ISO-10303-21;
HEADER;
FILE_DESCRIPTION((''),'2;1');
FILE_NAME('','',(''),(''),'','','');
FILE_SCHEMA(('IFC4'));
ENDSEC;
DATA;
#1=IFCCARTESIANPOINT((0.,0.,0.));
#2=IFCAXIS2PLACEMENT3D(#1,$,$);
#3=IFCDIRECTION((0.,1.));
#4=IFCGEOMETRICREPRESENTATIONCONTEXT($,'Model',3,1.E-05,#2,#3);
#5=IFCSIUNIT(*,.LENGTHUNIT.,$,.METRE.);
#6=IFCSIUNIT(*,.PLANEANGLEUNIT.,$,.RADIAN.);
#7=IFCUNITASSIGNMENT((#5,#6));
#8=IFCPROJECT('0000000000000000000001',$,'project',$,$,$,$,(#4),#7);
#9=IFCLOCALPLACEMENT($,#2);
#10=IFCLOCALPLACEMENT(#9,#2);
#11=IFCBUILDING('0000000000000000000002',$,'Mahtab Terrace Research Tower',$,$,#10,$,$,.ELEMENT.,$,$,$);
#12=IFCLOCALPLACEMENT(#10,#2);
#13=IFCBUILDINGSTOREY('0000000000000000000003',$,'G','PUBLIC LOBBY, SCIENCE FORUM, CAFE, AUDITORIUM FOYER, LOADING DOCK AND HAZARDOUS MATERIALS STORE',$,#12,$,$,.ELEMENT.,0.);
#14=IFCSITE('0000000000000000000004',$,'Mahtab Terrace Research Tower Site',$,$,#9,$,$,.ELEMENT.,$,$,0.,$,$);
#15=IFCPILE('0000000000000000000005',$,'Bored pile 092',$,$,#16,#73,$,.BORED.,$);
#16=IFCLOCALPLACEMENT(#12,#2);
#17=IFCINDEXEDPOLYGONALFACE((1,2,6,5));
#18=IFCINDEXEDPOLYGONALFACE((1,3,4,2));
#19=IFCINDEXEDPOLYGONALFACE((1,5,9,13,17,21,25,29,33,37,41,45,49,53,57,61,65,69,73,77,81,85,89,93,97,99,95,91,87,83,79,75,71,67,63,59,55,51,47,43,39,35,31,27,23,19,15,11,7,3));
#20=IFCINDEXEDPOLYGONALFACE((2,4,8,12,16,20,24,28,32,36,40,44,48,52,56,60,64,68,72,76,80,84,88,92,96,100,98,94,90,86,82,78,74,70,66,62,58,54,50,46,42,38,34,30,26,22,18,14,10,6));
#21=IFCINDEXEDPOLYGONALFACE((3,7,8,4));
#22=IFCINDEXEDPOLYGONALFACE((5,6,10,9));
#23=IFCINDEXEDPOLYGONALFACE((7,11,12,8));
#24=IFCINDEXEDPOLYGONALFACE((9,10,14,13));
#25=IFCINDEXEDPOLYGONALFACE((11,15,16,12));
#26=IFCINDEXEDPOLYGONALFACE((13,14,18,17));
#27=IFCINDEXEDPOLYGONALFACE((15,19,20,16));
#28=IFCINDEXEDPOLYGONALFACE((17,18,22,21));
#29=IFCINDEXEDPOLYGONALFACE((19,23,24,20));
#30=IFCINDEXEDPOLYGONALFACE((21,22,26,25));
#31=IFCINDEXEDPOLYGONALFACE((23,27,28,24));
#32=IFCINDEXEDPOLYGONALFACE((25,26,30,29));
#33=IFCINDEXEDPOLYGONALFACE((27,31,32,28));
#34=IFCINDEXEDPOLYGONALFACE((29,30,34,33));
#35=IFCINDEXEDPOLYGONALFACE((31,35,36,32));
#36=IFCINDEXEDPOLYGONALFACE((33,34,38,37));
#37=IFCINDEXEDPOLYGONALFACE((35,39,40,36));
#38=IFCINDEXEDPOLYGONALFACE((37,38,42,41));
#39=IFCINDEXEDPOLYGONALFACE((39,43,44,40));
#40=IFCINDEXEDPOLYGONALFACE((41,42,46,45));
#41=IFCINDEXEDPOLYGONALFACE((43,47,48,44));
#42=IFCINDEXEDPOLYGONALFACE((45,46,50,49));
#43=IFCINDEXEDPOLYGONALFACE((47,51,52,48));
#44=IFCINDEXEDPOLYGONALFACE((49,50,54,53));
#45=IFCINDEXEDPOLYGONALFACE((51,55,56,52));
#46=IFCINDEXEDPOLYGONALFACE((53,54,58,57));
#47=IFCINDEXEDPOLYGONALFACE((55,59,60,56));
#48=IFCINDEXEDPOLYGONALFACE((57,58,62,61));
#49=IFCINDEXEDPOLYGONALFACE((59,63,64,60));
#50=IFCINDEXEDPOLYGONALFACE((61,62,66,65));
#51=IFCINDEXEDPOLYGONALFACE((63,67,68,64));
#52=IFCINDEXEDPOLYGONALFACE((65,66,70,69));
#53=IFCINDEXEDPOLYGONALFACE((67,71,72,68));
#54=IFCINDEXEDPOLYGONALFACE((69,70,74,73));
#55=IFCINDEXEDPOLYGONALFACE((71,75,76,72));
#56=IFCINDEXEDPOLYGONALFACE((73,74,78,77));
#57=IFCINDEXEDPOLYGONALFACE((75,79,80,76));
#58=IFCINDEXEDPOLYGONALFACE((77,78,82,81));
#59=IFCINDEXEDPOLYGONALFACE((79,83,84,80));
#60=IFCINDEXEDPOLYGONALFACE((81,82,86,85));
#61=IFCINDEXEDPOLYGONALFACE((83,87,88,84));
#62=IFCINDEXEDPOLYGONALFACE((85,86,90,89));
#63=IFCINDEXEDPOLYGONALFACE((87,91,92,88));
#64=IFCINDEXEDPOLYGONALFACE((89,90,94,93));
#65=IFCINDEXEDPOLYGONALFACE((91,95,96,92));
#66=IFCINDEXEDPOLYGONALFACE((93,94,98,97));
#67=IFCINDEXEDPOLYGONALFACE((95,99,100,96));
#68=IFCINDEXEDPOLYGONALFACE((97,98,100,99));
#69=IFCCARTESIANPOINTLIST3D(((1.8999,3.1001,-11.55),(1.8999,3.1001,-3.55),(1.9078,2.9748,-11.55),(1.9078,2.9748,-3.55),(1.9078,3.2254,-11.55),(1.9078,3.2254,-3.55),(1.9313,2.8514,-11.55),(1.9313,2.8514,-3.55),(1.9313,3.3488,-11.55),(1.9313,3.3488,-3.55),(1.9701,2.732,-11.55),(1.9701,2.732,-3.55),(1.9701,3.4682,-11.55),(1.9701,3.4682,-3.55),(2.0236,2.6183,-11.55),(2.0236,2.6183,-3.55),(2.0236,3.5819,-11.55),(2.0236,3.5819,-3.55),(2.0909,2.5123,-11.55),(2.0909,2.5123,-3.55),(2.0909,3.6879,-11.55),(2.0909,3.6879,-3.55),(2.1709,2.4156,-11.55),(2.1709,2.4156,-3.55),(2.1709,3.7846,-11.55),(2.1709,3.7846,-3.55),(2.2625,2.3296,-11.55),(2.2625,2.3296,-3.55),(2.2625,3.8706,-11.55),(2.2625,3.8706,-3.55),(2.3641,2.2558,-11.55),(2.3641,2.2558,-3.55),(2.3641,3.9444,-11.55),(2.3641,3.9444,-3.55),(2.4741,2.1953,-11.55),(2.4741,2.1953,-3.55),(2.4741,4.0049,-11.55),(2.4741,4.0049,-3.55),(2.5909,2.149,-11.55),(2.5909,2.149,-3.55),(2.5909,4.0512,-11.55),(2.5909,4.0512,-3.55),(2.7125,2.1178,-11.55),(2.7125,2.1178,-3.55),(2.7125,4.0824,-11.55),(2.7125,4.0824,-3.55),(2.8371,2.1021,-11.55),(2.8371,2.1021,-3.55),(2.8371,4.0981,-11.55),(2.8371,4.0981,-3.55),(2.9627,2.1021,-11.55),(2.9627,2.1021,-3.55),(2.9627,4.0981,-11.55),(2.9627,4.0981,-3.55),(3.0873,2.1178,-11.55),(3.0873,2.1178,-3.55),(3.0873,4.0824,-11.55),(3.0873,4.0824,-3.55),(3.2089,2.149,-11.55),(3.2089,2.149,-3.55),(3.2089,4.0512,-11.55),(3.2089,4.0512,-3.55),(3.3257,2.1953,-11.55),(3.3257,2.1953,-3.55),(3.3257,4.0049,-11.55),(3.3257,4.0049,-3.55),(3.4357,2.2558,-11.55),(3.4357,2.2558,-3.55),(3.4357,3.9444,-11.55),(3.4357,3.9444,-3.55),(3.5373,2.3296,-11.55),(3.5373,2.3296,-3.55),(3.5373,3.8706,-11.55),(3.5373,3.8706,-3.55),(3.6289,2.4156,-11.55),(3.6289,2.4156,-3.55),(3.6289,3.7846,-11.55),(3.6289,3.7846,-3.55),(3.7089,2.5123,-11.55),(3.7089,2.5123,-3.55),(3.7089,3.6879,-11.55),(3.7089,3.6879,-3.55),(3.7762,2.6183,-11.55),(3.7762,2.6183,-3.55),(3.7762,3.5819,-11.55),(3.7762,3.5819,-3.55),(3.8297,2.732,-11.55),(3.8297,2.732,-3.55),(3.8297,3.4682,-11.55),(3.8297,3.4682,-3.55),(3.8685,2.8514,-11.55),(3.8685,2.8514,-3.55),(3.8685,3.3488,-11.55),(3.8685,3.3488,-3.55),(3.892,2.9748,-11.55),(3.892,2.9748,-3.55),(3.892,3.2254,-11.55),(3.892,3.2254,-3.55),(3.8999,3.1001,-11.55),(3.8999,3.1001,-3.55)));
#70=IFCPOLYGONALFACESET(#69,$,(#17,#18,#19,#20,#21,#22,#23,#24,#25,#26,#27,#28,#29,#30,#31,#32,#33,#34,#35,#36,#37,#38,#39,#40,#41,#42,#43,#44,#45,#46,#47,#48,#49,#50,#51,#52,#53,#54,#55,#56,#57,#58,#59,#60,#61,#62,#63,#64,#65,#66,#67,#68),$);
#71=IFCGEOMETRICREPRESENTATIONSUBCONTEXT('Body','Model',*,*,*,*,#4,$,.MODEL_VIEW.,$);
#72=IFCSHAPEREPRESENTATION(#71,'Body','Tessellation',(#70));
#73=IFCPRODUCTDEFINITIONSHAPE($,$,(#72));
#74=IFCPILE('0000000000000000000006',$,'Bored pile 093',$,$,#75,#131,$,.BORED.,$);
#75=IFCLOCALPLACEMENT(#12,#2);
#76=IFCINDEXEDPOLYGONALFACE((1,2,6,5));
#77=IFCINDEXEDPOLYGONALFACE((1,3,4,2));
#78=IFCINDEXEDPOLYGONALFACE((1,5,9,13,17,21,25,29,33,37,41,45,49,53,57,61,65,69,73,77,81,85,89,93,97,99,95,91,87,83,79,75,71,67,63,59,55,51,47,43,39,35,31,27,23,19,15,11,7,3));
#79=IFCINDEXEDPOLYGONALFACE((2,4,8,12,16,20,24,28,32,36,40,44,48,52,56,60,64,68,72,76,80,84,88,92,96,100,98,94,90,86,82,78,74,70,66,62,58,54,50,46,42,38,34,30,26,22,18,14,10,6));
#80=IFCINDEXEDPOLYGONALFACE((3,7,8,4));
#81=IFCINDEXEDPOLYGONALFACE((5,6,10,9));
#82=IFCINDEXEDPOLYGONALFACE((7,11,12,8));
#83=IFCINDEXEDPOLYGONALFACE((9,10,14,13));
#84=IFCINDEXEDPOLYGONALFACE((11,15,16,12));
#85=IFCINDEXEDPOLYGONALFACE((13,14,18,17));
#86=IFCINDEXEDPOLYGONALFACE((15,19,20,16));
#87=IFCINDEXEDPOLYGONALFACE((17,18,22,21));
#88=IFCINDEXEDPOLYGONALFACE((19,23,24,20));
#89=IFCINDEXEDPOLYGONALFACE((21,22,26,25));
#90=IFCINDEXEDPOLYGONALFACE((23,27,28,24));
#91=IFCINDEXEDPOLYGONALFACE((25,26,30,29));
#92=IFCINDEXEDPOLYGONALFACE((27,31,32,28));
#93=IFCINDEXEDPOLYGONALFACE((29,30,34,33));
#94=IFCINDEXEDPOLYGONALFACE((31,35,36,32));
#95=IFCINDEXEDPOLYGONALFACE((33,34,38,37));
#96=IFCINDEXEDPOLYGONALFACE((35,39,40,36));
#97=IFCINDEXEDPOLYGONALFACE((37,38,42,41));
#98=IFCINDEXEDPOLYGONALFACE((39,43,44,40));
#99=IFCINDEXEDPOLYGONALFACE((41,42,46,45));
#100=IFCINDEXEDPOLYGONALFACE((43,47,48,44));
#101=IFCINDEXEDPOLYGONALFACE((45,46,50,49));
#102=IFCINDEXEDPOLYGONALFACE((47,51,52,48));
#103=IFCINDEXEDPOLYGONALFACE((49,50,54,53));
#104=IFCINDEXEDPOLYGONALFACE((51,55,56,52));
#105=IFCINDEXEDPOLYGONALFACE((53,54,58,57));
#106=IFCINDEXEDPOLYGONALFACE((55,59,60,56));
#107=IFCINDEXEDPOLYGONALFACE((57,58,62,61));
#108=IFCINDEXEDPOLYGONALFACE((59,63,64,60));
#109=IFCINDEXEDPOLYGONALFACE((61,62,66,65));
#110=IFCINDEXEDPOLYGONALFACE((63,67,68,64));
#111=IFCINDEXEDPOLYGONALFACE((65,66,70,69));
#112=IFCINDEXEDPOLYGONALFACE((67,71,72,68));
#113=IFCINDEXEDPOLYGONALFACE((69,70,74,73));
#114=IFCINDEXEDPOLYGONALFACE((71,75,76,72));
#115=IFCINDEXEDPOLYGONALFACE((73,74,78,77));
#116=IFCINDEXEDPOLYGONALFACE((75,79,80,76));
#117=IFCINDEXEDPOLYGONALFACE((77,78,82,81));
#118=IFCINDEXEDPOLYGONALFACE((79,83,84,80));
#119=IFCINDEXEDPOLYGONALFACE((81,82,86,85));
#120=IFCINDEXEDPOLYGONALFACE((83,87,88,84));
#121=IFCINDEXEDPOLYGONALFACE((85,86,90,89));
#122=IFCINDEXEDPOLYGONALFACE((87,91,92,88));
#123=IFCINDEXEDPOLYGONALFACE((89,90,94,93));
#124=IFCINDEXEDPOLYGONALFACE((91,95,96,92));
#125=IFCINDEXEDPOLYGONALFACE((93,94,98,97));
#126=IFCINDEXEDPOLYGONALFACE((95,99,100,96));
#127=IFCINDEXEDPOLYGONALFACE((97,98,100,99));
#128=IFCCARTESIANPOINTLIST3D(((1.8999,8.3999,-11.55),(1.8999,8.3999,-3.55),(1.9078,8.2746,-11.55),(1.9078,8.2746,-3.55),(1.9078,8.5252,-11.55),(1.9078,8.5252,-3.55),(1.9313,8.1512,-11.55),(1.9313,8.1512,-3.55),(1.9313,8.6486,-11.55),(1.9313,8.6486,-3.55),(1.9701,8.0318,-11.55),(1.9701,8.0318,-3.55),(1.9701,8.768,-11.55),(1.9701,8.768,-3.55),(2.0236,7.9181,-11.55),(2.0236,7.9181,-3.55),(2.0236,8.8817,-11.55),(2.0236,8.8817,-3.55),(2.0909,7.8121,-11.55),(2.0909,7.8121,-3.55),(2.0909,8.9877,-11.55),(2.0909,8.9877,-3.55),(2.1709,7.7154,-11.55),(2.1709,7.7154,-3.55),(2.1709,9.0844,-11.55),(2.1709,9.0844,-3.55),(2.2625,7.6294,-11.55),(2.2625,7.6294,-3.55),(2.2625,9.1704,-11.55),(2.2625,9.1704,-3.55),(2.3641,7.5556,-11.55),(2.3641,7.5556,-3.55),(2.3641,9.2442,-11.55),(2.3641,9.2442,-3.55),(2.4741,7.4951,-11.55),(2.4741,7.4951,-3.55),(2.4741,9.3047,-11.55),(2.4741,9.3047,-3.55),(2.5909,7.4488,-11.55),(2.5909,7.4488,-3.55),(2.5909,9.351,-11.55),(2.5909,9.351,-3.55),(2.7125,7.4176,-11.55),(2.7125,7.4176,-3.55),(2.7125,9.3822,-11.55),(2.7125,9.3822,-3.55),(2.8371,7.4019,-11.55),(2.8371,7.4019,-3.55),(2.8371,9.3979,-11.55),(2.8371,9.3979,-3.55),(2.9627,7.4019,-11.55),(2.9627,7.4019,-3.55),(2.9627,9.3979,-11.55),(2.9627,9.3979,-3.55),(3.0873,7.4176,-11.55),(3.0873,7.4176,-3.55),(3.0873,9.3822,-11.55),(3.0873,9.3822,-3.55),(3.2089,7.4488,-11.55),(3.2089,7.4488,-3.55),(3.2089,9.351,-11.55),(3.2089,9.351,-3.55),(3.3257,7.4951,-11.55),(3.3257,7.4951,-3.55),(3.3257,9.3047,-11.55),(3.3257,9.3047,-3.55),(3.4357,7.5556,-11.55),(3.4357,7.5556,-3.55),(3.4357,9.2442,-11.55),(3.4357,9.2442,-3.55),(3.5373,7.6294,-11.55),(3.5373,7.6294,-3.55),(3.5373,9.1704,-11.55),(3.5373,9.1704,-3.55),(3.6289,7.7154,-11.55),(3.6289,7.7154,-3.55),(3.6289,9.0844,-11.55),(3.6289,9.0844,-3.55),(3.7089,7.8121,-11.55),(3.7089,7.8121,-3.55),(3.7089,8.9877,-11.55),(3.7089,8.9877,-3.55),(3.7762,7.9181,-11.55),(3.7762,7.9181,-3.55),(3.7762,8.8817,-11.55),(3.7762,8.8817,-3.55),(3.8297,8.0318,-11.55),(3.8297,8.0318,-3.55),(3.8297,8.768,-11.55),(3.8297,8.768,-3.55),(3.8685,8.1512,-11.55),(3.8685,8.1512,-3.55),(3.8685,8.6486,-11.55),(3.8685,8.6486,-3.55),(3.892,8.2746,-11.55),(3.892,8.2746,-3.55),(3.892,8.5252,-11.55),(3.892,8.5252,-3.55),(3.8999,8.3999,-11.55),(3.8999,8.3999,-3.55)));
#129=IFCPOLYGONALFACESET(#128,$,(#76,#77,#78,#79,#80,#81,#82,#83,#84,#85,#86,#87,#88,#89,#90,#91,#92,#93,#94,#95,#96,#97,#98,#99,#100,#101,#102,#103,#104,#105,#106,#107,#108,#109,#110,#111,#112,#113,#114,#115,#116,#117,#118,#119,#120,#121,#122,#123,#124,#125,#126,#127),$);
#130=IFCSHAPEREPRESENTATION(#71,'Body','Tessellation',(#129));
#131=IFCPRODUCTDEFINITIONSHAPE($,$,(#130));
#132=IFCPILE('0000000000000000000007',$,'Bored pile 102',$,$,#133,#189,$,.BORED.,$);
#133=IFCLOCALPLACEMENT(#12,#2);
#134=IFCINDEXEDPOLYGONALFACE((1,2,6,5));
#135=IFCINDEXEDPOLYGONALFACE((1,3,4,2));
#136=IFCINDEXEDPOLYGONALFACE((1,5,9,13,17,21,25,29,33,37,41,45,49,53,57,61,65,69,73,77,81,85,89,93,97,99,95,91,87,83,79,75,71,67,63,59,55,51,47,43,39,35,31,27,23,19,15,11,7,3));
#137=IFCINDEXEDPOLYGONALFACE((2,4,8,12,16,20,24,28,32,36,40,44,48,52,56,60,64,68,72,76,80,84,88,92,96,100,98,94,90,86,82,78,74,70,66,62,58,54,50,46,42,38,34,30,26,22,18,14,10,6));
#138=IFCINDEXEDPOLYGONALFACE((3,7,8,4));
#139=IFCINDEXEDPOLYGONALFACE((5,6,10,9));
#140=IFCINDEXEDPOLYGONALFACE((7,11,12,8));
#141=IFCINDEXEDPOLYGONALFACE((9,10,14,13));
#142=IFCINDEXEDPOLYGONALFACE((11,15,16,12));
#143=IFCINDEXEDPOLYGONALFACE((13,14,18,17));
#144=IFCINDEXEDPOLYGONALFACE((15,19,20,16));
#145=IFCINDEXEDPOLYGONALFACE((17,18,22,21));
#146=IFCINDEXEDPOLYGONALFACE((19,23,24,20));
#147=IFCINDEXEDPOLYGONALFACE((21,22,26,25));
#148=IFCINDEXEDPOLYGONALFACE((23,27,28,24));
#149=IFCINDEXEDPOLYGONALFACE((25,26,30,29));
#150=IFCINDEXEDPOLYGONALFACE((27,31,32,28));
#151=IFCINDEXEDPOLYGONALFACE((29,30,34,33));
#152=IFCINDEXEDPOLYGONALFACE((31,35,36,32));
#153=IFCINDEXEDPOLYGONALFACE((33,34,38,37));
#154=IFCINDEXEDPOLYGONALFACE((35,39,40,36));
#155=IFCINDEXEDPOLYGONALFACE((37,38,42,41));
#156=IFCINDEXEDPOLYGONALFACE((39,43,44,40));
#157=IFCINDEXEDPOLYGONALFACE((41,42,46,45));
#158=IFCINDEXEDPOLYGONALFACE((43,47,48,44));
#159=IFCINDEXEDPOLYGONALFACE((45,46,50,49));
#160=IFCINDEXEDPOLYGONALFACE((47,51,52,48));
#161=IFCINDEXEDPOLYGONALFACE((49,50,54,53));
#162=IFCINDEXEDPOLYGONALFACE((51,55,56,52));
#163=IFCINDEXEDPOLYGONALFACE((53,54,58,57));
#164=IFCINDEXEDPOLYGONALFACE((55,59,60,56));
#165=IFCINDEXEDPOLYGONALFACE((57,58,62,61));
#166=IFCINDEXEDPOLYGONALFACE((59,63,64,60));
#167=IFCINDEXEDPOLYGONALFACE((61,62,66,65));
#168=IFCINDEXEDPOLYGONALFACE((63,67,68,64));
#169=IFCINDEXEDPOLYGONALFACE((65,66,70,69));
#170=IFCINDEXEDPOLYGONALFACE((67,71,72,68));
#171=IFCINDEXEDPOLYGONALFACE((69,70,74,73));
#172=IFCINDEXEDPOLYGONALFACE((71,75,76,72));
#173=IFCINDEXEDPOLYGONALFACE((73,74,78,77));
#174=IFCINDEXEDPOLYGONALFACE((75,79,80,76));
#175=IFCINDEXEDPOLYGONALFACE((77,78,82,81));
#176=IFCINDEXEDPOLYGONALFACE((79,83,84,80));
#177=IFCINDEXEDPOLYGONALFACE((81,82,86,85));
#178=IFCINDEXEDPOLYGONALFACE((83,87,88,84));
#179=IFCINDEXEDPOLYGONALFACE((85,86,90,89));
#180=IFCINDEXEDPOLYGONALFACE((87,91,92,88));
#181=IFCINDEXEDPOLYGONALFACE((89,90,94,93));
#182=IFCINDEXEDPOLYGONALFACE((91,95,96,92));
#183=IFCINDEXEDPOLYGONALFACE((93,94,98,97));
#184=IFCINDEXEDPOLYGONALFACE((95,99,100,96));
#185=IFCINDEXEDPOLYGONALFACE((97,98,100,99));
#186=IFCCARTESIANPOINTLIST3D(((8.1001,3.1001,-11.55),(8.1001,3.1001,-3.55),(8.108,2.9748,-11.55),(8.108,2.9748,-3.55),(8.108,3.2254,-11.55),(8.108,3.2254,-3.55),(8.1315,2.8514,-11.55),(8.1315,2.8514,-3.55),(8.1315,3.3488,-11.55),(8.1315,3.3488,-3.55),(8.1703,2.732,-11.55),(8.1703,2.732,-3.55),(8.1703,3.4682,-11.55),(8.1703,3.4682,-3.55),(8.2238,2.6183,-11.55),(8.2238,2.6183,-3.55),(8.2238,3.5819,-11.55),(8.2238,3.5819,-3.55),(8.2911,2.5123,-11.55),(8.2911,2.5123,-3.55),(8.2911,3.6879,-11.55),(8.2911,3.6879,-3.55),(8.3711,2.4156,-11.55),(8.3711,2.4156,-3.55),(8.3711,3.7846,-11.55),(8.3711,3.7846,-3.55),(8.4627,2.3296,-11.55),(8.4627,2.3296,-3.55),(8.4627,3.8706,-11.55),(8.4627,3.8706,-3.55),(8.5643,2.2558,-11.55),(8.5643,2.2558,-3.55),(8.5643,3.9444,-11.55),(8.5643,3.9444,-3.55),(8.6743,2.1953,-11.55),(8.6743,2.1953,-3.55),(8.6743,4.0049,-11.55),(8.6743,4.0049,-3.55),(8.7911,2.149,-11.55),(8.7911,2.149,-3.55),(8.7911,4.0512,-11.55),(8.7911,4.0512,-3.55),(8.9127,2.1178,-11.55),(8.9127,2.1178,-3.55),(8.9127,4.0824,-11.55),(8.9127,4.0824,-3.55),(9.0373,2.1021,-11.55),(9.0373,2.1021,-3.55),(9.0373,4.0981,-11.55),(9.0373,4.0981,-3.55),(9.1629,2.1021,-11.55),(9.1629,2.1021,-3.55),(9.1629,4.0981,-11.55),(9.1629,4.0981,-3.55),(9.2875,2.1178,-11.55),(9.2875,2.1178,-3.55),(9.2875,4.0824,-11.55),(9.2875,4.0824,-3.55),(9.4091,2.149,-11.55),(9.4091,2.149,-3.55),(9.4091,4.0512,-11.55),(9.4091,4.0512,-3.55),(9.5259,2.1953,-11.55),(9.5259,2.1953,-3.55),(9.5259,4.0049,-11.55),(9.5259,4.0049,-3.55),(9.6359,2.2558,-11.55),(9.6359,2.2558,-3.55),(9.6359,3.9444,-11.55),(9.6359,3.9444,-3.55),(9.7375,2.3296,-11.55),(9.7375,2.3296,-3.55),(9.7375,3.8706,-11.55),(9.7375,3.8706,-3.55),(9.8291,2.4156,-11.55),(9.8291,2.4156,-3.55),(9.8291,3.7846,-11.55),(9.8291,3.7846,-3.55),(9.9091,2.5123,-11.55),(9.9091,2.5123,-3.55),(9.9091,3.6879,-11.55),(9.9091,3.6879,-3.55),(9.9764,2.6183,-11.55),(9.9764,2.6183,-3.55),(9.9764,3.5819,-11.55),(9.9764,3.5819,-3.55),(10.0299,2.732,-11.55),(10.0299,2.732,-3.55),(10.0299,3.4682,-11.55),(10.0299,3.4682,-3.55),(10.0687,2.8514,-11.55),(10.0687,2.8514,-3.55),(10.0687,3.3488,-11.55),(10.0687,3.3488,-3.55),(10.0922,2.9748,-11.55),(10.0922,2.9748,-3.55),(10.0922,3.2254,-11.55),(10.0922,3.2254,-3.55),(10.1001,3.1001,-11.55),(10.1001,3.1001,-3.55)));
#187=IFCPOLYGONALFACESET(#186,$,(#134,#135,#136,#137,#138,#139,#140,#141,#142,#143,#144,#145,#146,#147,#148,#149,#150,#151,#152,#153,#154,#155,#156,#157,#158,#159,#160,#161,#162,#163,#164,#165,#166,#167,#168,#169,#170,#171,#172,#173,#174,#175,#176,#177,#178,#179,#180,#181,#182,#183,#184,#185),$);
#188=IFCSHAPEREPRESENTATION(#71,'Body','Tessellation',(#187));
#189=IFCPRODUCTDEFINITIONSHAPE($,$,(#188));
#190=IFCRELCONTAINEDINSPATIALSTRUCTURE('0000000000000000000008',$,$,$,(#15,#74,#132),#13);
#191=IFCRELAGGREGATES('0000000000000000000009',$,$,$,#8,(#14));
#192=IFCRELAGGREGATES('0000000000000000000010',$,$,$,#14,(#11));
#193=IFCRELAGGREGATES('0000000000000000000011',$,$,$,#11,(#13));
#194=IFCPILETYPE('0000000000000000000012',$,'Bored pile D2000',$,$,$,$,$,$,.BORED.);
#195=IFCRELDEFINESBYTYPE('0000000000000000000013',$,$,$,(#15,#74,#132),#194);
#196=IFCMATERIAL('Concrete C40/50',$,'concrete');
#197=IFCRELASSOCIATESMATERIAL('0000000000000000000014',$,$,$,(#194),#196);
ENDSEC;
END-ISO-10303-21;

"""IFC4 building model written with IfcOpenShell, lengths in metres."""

from ifc_helpers import new_model, si_unit, direction, frame, origin, origin_2d, place, context, subcontext, project, spatial, circle, extrude, material, material_profile, profile_set, type_object, element, save


model = new_model("IFC4")

# Units and contexts
model_context = context("Model", 3, precision=1e-05, world=origin(), true_north=direction((0.0, 1.0)))
body_context = subcontext(model_context, "Body", "Model", "MODEL_VIEW")
ifc_project = project(units=[si_unit("LENGTHUNIT", "METRE"), si_unit("PLANEANGLEUNIT", "RADIAN")], contexts=[model_context])

# Site, building, storey
site_placement = place(None, origin())
site = spatial("IfcSite", under=ifc_project, at=site_placement, Name="Mahtab Terrace Research Tower Site", CompositionType="ELEMENT", RefElevation=0.0)
building_placement = place(site_placement, origin())
building = spatial("IfcBuilding", under=site, at=building_placement, Name="Mahtab Terrace Research Tower", CompositionType="ELEMENT")
storey_placement = place(building_placement, origin())
storey = spatial("IfcBuildingStorey", under=building, at=storey_placement, Name="G", Description="PUBLIC LOBBY, SCIENCE FORUM, CAFE, AUDITORIUM FOYER, LOADING DOCK AND HAZARDOUS MATERIALS STORE", CompositionType="ELEMENT", Elevation=0.0)

# Piles
ifc_material_1 = material(Name="Concrete C40/50", Category="concrete")
ifc_material_profile_1 = material_profile(ifc_material_1, circle(Radius=1.0, at=origin_2d()), Name="Bored pile D2000")
ifc_profile_set_1 = profile_set([ifc_material_profile_1], Name="Concrete C40/50")
pile_type = type_object("IfcPileType", Name="Bored pile D2000", PredefinedType="BORED", material=ifc_profile_set_1)
for number, where, z_axis, x_axis, name in (
    (1, (2.8999, 3.1001, -3.55), (0.0, 0.0, -1.0), (1.0, 0.0, 0.0), "Bored pile 092"),
    (2, (2.8999, 8.3999, -3.55), (0.0, 0.0, -1.0), (1.0, 0.0, 0.0), "Bored pile 093"),
    (3, (9.1001, 3.1001, -3.55), (0.0, 0.0, -1.0), (1.0, 0.0, 0.0), "Bored pile 102"),
):
    element("IfcPile", number, at=place(storey_placement, frame(where, z_axis=z_axis, x_axis=x_axis)), inside=storey, type_object=pile_type, Name=name, PredefinedType="BORED", context=body_context, shape_type="SweptSolid", body=[
        extrude(circle(Radius=1.0, at=origin_2d()), origin(), (0.0, 0.0, 1.0), 8.0),
    ])

save(model, "model.ifc")
